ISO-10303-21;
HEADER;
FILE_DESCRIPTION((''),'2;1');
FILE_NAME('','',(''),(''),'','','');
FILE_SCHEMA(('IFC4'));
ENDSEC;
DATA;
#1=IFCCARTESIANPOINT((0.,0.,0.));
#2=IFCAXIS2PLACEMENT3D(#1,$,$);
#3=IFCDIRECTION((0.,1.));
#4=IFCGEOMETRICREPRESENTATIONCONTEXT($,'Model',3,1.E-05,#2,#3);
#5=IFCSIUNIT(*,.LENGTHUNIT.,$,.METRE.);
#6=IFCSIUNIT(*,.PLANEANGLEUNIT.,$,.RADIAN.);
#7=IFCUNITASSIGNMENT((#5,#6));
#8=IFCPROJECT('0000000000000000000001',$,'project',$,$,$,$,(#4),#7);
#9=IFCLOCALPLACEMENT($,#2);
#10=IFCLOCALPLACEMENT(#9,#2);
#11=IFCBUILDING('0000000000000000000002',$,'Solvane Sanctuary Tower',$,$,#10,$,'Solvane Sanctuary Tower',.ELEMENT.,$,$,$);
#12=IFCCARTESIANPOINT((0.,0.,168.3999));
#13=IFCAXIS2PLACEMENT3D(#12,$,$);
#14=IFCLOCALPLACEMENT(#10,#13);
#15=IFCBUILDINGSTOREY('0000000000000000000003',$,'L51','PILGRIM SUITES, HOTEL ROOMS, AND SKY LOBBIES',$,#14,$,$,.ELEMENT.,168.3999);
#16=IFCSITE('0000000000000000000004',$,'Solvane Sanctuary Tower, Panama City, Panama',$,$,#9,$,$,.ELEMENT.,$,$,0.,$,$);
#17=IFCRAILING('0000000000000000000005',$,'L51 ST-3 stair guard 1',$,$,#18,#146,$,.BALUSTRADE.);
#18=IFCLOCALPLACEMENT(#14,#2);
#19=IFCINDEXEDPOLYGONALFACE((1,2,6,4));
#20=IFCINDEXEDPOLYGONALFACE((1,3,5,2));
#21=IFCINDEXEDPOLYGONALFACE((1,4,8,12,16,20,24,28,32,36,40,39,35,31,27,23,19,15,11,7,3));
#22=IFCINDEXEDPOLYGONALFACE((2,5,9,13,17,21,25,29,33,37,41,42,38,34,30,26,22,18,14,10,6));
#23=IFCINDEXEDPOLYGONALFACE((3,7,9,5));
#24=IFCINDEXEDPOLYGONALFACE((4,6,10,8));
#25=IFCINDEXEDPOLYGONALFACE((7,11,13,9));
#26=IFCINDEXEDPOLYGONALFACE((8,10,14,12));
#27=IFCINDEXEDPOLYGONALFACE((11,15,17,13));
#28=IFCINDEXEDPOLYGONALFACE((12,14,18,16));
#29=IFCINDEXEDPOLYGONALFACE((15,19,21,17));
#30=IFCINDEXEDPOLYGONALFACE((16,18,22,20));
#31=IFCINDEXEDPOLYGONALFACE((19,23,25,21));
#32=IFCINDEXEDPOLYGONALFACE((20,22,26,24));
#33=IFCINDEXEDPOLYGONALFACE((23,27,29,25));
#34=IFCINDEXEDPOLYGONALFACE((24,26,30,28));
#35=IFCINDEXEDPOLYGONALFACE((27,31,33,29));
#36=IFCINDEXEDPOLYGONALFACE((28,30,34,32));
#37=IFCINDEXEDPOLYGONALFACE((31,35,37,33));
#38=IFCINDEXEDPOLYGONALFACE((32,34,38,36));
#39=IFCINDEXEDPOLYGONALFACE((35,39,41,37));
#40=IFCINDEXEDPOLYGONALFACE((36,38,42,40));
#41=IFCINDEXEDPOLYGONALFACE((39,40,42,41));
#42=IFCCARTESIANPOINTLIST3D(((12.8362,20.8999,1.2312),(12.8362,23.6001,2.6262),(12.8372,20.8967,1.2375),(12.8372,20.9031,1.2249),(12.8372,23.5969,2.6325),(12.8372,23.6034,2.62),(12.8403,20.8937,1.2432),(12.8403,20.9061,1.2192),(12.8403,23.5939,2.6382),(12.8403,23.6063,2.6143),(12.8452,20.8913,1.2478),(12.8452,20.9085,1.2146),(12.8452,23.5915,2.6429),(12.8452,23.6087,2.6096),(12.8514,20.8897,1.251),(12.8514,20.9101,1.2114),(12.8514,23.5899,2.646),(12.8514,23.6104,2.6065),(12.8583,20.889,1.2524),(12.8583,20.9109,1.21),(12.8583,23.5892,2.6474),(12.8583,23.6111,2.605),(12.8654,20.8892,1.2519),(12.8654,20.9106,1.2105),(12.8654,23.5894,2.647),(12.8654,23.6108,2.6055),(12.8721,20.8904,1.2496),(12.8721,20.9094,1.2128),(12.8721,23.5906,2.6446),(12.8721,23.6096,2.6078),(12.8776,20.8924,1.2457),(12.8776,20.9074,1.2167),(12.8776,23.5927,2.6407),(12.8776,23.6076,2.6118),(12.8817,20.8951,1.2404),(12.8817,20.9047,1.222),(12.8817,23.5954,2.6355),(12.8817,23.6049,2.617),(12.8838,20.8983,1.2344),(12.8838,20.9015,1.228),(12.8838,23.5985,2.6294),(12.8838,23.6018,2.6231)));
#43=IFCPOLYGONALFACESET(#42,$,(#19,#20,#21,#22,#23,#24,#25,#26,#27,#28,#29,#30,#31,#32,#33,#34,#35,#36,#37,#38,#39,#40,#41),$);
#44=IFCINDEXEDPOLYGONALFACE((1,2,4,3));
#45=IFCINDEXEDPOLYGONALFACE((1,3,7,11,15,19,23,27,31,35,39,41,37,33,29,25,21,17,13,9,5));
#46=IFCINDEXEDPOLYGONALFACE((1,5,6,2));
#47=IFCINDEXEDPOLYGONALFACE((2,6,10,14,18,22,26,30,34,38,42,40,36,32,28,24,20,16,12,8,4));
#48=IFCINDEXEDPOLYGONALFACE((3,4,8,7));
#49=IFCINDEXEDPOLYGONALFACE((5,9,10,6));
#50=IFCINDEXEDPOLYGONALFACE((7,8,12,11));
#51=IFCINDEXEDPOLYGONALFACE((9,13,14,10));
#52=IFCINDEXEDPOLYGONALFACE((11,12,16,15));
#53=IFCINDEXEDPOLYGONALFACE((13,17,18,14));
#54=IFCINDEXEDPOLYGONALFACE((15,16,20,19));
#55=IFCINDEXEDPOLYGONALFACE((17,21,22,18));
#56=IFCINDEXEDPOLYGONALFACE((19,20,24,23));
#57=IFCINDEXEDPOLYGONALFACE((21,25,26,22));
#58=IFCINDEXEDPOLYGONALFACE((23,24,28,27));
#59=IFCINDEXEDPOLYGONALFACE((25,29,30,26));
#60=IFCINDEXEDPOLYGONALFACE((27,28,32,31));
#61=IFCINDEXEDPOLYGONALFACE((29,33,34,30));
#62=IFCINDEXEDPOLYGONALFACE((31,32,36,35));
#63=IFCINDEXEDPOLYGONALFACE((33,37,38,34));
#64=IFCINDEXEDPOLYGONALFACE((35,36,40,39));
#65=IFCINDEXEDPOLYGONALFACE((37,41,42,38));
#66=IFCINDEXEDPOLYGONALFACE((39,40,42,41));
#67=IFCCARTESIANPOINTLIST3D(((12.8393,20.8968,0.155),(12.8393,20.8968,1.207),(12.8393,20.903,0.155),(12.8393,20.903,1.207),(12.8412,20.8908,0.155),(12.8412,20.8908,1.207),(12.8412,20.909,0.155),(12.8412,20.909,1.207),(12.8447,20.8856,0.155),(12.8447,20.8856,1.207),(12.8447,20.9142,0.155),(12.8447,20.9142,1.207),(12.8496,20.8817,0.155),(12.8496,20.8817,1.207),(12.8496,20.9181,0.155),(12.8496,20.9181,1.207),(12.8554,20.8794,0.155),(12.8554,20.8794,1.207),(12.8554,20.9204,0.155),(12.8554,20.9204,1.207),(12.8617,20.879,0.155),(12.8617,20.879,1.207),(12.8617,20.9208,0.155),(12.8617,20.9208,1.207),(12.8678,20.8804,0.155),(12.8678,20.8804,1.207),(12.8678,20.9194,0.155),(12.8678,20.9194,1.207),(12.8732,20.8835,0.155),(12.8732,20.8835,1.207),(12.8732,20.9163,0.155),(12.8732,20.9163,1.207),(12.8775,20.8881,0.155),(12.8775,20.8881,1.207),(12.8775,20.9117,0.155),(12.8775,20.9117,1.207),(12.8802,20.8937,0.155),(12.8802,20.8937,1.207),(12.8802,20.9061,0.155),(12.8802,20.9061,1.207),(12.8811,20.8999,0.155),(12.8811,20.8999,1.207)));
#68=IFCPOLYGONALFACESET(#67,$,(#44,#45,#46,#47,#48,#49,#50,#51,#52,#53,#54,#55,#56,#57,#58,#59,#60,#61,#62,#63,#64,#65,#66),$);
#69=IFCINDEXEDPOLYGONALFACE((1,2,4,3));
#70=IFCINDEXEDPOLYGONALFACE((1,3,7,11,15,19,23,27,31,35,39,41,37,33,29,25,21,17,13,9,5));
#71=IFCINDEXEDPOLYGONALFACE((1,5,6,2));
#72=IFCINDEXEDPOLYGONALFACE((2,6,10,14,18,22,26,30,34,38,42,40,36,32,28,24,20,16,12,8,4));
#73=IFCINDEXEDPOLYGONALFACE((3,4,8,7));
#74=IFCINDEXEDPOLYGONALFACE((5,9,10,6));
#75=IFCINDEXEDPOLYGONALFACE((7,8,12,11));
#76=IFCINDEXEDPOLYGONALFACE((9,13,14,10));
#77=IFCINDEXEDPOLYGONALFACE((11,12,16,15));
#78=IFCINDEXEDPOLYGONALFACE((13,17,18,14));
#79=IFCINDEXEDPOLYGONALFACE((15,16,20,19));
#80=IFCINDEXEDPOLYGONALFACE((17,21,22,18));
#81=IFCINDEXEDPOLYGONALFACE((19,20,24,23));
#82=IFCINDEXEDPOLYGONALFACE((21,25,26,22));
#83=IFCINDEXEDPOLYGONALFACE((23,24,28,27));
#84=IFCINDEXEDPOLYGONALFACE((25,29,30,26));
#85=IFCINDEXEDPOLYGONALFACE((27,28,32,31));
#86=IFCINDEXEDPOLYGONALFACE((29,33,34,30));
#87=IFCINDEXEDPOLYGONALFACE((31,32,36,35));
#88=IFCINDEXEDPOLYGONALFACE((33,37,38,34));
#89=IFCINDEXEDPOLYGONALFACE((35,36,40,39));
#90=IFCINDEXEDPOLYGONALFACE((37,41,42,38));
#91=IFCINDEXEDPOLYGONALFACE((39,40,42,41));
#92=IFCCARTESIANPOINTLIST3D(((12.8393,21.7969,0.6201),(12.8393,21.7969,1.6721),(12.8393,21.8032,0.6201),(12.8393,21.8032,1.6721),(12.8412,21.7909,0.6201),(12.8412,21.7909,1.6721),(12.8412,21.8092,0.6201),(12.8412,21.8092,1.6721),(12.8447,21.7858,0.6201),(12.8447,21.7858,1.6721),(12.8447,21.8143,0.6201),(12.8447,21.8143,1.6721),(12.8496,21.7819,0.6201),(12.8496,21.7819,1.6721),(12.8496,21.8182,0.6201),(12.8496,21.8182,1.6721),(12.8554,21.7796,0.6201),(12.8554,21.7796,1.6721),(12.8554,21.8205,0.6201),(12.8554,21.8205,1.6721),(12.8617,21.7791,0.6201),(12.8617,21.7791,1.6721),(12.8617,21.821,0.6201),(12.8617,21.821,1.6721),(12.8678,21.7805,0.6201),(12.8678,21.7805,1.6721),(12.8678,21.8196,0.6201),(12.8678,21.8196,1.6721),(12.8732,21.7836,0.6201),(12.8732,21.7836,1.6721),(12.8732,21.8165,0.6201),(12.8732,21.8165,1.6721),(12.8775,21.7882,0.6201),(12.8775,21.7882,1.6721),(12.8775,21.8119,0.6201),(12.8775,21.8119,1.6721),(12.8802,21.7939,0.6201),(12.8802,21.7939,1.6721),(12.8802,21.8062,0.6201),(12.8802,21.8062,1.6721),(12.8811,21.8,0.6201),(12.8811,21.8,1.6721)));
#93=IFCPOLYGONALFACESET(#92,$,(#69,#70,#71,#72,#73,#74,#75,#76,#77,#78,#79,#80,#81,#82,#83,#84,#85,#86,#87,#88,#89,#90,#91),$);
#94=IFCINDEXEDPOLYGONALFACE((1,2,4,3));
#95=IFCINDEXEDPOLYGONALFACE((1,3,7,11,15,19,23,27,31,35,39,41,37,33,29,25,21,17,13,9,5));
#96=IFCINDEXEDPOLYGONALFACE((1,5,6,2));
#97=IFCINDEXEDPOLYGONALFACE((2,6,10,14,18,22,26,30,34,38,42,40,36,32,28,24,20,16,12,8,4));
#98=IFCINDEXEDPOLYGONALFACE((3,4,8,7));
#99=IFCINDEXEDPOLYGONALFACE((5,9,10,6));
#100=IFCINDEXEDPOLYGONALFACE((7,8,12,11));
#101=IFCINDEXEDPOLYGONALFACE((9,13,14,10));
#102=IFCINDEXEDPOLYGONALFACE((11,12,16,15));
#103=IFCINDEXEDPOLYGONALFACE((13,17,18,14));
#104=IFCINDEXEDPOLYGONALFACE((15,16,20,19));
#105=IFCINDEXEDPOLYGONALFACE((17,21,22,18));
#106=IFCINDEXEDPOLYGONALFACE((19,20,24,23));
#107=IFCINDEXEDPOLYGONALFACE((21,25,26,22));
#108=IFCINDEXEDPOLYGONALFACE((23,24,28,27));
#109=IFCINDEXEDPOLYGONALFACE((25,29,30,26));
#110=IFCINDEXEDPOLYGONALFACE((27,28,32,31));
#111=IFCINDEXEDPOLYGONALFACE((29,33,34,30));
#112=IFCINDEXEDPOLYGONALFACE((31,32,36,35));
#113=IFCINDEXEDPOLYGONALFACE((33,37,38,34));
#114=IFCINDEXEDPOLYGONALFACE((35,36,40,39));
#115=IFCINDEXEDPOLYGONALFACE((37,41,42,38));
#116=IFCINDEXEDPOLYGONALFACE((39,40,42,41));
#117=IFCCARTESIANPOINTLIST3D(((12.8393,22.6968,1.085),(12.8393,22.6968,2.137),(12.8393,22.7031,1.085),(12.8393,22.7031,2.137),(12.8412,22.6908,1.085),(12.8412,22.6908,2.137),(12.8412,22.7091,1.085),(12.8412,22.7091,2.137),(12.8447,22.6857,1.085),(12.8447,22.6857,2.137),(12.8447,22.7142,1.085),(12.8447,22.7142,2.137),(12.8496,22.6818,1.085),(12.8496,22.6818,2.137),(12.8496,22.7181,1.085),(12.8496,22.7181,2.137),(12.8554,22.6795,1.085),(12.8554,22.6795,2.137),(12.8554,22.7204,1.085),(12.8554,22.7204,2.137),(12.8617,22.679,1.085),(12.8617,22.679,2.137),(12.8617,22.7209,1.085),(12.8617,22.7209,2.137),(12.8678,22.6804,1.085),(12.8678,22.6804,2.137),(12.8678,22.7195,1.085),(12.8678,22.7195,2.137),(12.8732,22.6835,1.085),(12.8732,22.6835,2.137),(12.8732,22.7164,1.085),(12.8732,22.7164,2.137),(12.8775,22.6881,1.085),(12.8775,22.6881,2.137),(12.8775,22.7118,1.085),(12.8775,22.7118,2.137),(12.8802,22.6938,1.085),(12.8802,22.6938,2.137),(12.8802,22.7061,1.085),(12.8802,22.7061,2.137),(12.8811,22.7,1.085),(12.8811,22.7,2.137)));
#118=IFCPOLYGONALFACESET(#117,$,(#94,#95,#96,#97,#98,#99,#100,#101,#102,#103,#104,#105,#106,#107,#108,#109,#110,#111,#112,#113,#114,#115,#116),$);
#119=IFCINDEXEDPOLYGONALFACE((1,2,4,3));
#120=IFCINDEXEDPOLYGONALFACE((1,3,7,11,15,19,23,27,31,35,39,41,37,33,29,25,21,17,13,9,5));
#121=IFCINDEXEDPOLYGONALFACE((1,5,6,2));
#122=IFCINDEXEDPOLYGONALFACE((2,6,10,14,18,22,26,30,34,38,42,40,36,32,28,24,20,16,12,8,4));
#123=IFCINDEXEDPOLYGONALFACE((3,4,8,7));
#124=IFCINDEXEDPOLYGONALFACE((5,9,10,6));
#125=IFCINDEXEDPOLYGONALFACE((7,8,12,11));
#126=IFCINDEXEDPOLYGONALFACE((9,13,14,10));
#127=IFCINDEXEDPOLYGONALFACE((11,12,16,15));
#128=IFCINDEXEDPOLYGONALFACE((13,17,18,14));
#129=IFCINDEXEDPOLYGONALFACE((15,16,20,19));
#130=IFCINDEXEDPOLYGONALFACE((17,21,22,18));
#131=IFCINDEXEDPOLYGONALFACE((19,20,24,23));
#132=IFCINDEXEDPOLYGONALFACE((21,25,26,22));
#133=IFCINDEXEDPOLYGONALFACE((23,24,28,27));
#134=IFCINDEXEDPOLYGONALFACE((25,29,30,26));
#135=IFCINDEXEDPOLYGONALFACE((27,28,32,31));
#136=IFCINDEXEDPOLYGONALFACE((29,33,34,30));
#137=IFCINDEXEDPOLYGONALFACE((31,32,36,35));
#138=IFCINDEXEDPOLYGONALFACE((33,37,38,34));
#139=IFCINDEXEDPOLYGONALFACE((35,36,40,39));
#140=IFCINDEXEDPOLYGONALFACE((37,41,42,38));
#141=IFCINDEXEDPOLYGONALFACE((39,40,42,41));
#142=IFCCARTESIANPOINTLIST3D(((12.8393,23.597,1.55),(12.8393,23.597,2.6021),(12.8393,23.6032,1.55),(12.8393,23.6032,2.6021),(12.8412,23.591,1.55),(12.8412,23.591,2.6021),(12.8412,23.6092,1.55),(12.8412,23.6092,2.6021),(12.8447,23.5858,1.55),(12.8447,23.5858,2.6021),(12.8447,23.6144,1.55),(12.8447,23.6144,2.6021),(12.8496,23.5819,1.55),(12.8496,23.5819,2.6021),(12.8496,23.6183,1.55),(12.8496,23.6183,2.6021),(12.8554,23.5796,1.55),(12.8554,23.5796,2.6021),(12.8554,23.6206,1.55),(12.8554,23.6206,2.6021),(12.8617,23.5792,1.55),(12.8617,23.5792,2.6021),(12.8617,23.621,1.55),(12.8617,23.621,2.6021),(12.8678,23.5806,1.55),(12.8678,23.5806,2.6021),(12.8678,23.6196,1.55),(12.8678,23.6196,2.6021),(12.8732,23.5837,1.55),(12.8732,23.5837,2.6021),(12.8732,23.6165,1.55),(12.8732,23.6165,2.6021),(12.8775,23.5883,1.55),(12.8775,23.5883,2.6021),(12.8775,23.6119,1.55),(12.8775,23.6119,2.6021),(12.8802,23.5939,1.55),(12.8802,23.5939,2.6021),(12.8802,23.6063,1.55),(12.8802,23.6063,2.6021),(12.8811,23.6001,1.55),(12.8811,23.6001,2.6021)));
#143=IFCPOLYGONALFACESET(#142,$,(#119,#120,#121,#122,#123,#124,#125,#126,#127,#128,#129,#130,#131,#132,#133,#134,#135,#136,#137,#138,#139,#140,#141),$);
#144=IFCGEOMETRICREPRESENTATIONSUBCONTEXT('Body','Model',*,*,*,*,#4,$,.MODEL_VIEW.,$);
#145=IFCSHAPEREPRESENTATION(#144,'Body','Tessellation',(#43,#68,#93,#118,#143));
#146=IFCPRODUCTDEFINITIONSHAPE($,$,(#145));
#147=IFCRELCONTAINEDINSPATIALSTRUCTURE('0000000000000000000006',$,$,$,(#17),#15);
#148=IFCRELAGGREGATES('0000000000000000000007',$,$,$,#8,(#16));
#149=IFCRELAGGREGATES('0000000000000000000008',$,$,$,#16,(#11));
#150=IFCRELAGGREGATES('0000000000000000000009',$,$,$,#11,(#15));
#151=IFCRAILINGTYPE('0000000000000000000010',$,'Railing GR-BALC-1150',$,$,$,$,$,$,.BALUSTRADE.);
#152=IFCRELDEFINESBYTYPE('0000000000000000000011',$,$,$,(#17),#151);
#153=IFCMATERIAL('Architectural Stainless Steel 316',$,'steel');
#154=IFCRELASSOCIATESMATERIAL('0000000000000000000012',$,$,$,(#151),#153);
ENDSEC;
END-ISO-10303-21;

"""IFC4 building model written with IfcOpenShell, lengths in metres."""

from ifc_helpers import new_model, si_unit, direction, frame, origin, origin_2d, place, context, subcontext, project, spatial, circle, extrude, material, type_object, element, save


model = new_model("IFC4")

# Units and contexts
model_context = context("Model", 3, precision=1e-05, world=origin(), true_north=direction((0.0, 1.0)))
body_context = subcontext(model_context, "Body", "Model", "MODEL_VIEW")
ifc_project = project(units=[si_unit("LENGTHUNIT", "METRE"), si_unit("PLANEANGLEUNIT", "RADIAN")], contexts=[model_context])

# Site, building, storey
site_placement = place(None, origin())
site = spatial("IfcSite", under=ifc_project, at=site_placement, Name="Solvane Sanctuary Tower, Panama City, Panama", CompositionType="ELEMENT", RefElevation=0.0)
building_placement = place(site_placement, origin())
building = spatial("IfcBuilding", under=site, at=building_placement, Name="Solvane Sanctuary Tower", LongName="Solvane Sanctuary Tower", CompositionType="ELEMENT")
storey_placement = place(building_placement, frame((0.0, 0.0, 168.3999)))
storey = spatial("IfcBuildingStorey", under=building, at=storey_placement, Name="L51", Description="PILGRIM SUITES, HOTEL ROOMS, AND SKY LOBBIES", CompositionType="ELEMENT", Elevation=168.3999)

# Shared definitions
ifc_material_1 = material(Name="Architectural Stainless Steel 316", Category="steel")

# Railing
railing_type_1 = type_object("IfcRailingType", Name="Railing GR-BALC-1150", PredefinedType="BALUSTRADE", material=ifc_material_1)
railing_1_placement = place(storey_placement, frame((12.8601, 20.8999, 0.155)))
element("IfcRailing", 1, at=railing_1_placement, inside=storey, type_object=railing_type_1, Name="L51 ST-3 stair guard 1", PredefinedType="BALUSTRADE", context=body_context, shape_type="SweptSolid", body=[
    extrude(circle(Radius=0.0239, at=origin_2d()), frame((0.0, 0.0, 1.0762), z_axis=(0.0, 0.888437, 0.458999), x_axis=(-1.0, 0.0, 0.0)), (0.0, 0.0, 1.0), 3.0393),
    extrude(circle(Radius=0.021, at=origin_2d()), origin(), (0.0, 0.0, 1.0), 1.052),
    extrude(circle(Radius=0.021, at=origin_2d()), frame((0.0, 0.9001, 0.4651)), (0.0, 0.0, 1.0), 1.052),
    extrude(circle(Radius=0.021, at=origin_2d()), frame((0.0, 1.8, 0.9299)), (0.0, 0.0, 1.0), 1.052),
    extrude(circle(Radius=0.021, at=origin_2d()), frame((0.0, 2.7002, 1.395)), (0.0, 0.0, 1.0), 1.052),
])

save(model, "model.ifc")
